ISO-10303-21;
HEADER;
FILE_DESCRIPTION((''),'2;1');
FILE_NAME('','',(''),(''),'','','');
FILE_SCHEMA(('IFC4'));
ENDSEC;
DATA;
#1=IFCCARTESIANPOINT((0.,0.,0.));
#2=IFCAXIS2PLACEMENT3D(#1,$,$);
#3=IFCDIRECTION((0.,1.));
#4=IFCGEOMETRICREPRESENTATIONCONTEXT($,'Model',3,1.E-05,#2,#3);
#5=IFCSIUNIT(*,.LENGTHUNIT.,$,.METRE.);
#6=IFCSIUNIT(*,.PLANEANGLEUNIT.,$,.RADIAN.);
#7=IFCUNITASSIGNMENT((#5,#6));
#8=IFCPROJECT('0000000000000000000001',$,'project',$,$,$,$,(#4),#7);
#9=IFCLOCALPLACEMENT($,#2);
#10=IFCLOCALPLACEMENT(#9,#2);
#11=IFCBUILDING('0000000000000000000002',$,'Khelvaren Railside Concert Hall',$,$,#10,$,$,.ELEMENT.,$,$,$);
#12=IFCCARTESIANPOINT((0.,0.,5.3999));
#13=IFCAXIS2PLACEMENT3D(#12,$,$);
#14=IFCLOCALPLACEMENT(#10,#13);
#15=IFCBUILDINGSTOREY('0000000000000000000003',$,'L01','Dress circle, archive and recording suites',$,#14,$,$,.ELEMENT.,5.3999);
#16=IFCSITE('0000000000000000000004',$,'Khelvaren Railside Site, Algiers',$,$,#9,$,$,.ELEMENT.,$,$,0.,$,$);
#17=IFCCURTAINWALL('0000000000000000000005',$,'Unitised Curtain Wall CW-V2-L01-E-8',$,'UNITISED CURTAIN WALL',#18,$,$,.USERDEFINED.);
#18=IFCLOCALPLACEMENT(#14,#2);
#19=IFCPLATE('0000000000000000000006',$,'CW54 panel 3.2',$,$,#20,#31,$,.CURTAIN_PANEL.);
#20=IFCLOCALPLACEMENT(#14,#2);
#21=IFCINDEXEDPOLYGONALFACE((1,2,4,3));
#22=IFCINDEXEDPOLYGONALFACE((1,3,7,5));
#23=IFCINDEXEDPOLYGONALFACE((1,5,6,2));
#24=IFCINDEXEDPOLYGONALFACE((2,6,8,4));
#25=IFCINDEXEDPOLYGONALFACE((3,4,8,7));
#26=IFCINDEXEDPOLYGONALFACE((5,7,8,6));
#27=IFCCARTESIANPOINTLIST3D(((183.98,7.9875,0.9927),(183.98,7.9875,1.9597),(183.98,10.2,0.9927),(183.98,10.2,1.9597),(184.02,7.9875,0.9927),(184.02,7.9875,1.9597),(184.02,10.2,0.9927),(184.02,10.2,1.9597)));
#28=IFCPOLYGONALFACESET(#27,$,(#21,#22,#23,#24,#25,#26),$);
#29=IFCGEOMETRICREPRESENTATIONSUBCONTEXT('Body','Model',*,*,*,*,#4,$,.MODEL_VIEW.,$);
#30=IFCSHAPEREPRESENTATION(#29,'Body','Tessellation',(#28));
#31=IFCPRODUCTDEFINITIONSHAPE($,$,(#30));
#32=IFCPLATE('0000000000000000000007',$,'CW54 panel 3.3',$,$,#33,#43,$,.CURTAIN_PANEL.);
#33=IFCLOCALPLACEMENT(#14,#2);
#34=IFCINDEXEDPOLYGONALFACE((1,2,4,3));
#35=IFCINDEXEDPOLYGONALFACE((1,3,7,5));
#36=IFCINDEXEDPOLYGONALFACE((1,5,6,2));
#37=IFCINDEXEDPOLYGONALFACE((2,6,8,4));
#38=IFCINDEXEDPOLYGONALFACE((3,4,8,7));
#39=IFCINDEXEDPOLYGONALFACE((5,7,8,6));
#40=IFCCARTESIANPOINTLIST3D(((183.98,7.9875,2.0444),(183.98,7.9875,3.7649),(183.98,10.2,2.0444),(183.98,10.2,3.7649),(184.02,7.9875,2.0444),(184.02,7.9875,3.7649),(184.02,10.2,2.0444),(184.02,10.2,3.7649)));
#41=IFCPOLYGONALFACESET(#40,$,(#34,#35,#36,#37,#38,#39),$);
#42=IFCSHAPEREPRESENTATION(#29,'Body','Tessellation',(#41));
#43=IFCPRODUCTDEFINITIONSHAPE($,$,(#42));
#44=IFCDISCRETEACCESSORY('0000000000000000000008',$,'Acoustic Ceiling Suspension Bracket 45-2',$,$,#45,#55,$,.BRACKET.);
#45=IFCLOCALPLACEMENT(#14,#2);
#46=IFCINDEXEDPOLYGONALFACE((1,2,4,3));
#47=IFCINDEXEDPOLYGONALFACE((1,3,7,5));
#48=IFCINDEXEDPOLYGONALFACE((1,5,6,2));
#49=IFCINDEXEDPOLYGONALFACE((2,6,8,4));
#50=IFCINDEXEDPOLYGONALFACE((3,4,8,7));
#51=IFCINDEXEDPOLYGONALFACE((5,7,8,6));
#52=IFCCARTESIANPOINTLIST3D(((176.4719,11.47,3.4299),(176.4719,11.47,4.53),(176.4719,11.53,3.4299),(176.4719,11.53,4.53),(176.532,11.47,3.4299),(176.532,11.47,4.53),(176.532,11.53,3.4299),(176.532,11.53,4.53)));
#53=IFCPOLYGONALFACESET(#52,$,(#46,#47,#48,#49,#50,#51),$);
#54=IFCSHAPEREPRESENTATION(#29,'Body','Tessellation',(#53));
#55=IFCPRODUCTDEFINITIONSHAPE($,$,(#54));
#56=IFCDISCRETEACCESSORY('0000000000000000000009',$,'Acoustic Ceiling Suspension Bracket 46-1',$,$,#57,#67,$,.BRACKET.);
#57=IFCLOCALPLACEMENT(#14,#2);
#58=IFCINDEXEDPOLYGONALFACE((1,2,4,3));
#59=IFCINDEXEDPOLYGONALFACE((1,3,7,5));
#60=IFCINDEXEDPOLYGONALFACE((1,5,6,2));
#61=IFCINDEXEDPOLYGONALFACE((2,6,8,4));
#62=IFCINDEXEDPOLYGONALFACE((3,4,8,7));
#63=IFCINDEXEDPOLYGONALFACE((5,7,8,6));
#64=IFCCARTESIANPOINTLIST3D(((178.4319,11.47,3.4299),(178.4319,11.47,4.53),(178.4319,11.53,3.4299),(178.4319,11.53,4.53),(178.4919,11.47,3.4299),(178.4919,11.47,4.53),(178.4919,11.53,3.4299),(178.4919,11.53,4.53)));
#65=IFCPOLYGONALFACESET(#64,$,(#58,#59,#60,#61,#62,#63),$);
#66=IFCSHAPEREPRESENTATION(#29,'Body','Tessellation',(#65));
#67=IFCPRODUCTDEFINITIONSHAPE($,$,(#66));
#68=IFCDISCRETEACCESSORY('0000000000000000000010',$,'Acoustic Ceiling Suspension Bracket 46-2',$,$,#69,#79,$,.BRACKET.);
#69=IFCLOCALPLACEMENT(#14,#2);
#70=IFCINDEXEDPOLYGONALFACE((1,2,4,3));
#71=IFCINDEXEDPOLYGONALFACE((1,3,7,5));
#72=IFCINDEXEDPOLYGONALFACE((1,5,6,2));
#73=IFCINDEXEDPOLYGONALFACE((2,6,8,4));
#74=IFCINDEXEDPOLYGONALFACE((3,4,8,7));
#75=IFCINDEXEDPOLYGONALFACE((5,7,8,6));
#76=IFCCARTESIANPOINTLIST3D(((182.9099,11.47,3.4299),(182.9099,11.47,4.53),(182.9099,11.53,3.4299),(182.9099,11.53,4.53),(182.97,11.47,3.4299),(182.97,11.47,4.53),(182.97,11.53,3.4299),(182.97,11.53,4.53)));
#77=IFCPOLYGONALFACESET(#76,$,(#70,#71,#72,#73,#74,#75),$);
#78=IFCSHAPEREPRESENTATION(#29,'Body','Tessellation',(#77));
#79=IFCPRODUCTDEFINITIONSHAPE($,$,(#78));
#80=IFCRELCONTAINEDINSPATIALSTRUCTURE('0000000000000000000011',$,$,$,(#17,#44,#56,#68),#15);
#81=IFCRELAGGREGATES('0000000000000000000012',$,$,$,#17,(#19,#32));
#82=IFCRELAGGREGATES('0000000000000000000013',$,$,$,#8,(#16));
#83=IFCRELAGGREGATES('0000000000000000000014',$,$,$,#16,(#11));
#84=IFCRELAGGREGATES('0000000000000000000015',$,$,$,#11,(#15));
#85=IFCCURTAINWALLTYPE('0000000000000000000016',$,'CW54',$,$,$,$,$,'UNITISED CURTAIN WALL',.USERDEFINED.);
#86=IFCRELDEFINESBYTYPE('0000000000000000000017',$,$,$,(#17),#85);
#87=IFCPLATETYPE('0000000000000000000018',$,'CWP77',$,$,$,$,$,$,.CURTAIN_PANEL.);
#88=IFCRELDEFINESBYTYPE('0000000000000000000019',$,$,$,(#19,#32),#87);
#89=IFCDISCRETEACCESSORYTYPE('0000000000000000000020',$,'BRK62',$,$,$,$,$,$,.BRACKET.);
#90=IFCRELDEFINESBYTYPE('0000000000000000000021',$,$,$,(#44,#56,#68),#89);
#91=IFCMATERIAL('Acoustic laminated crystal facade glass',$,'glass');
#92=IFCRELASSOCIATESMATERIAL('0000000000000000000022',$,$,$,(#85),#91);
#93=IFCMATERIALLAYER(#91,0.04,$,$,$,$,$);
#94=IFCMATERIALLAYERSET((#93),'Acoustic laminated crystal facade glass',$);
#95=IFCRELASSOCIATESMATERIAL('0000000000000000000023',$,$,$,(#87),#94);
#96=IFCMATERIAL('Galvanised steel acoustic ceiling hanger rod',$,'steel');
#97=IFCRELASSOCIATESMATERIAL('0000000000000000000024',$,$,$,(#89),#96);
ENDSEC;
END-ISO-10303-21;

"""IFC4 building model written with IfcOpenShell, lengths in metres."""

from ifc_helpers import new_model, si_unit, direction, frame, origin, origin_2d, place, context, subcontext, project, spatial, rectangle, extrude, material, layer, layer_set, type_object, element, aggregate, save


model = new_model("IFC4")

# Units and contexts
model_context = context("Model", 3, precision=1e-05, world=origin(), true_north=direction((0.0, 1.0)))
body_context = subcontext(model_context, "Body", "Model", "MODEL_VIEW")
ifc_project = project(units=[si_unit("LENGTHUNIT", "METRE"), si_unit("PLANEANGLEUNIT", "RADIAN")], contexts=[model_context])

# Site, building, storey
site_placement = place(None, origin())
site = spatial("IfcSite", under=ifc_project, at=site_placement, Name="Khelvaren Railside Site, Algiers", CompositionType="ELEMENT", RefElevation=0.0)
building_placement = place(site_placement, origin())
building = spatial("IfcBuilding", under=site, at=building_placement, Name="Khelvaren Railside Concert Hall", CompositionType="ELEMENT")
storey_placement = place(building_placement, frame((0.0, 0.0, 5.3999)))
storey = spatial("IfcBuildingStorey", under=building, at=storey_placement, Name="L01", Description="Dress circle, archive and recording suites", CompositionType="ELEMENT", Elevation=5.3999)

# Shared definitions
ifc_material_1 = material(Name="Acoustic laminated crystal facade glass", Category="glass")

# Curtain wall
curtain_wall_type_1 = type_object("IfcCurtainWallType", Name="CW54", ElementType="UNITISED CURTAIN WALL", PredefinedType="USERDEFINED", material=ifc_material_1)
curtain_wall_1_placement = place(storey_placement, origin())
curtain_wall_1 = element("IfcCurtainWall", 1, at=curtain_wall_1_placement, inside=storey, type_object=curtain_wall_type_1, Name="Unitised Curtain Wall CW-V2-L01-E-8", ObjectType="UNITISED CURTAIN WALL", PredefinedType="USERDEFINED")

# Plates
ifc_layer = layer(ifc_material_1, 0.04)
ifc_layer_set = layer_set([ifc_layer], Name="Acoustic laminated crystal facade glass")
plate_type = type_object("IfcPlateType", Name="CWP77", PredefinedType="CURTAIN_PANEL", material=ifc_layer_set)
plate_1_placement = place(storey_placement, frame((184.0, 9.0938, 0.9927), z_axis=(0.0, 0.0, 1.0), x_axis=(0.0, -1.0, 0.0)))
plate_1 = element("IfcPlate", 2, at=plate_1_placement, type_object=plate_type, Name="CW54 panel 3.2", PredefinedType="CURTAIN_PANEL", context=body_context, shape_type="SweptSolid", body=[
    extrude(rectangle(XDim=2.2124, YDim=0.04, at=origin_2d()), origin(), (0.0, 0.0, 1.0), 0.967),
])
plate_2_placement = place(storey_placement, frame((184.0, 9.0938, 2.0444), z_axis=(0.0, 0.0, 1.0), x_axis=(0.0, -1.0, 0.0)))
plate_2 = element("IfcPlate", 3, at=plate_2_placement, type_object=plate_type, Name="CW54 panel 3.3", PredefinedType="CURTAIN_PANEL", context=body_context, shape_type="SweptSolid", body=[
    extrude(rectangle(XDim=2.2124, YDim=0.04, at=origin_2d()), origin(), (0.0, 0.0, 1.0), 1.7205),
])
aggregate(curtain_wall_1, [plate_1, plate_2])

# Discrete accessories
ifc_material_2 = material(Name="Galvanised steel acoustic ceiling hanger rod", Category="steel")
discrete_accessory_type = type_object("IfcDiscreteAccessoryType", Name="BRK62", PredefinedType="BRACKET", material=ifc_material_2)
for number, where, z_axis, x_axis, name in (
    (4, (176.502, 11.5, 3.4299), (0.0, 0.0, 1.0), (1.0, 0.0, 0.0), "Acoustic Ceiling Suspension Bracket 45-2"),
    (5, (178.4619, 11.5, 3.4299), (0.0, 0.0, 1.0), (1.0, 0.0, 0.0), "Acoustic Ceiling Suspension Bracket 46-1"),
    (6, (182.9399, 11.5, 3.4299), (0.0, 0.0, 1.0), (1.0, 0.0, 0.0), "Acoustic Ceiling Suspension Bracket 46-2"),
):
    element("IfcDiscreteAccessory", number, at=place(storey_placement, frame(where, z_axis=z_axis, x_axis=x_axis)), inside=storey, type_object=discrete_accessory_type, Name=name, PredefinedType="BRACKET", context=body_context, shape_type="SweptSolid", body=[
        extrude(rectangle(XDim=0.0601, YDim=0.0601, at=origin_2d()), origin(), (0.0, 0.0, 1.0), 1.1001),
    ])

save(model, "model.ifc")
